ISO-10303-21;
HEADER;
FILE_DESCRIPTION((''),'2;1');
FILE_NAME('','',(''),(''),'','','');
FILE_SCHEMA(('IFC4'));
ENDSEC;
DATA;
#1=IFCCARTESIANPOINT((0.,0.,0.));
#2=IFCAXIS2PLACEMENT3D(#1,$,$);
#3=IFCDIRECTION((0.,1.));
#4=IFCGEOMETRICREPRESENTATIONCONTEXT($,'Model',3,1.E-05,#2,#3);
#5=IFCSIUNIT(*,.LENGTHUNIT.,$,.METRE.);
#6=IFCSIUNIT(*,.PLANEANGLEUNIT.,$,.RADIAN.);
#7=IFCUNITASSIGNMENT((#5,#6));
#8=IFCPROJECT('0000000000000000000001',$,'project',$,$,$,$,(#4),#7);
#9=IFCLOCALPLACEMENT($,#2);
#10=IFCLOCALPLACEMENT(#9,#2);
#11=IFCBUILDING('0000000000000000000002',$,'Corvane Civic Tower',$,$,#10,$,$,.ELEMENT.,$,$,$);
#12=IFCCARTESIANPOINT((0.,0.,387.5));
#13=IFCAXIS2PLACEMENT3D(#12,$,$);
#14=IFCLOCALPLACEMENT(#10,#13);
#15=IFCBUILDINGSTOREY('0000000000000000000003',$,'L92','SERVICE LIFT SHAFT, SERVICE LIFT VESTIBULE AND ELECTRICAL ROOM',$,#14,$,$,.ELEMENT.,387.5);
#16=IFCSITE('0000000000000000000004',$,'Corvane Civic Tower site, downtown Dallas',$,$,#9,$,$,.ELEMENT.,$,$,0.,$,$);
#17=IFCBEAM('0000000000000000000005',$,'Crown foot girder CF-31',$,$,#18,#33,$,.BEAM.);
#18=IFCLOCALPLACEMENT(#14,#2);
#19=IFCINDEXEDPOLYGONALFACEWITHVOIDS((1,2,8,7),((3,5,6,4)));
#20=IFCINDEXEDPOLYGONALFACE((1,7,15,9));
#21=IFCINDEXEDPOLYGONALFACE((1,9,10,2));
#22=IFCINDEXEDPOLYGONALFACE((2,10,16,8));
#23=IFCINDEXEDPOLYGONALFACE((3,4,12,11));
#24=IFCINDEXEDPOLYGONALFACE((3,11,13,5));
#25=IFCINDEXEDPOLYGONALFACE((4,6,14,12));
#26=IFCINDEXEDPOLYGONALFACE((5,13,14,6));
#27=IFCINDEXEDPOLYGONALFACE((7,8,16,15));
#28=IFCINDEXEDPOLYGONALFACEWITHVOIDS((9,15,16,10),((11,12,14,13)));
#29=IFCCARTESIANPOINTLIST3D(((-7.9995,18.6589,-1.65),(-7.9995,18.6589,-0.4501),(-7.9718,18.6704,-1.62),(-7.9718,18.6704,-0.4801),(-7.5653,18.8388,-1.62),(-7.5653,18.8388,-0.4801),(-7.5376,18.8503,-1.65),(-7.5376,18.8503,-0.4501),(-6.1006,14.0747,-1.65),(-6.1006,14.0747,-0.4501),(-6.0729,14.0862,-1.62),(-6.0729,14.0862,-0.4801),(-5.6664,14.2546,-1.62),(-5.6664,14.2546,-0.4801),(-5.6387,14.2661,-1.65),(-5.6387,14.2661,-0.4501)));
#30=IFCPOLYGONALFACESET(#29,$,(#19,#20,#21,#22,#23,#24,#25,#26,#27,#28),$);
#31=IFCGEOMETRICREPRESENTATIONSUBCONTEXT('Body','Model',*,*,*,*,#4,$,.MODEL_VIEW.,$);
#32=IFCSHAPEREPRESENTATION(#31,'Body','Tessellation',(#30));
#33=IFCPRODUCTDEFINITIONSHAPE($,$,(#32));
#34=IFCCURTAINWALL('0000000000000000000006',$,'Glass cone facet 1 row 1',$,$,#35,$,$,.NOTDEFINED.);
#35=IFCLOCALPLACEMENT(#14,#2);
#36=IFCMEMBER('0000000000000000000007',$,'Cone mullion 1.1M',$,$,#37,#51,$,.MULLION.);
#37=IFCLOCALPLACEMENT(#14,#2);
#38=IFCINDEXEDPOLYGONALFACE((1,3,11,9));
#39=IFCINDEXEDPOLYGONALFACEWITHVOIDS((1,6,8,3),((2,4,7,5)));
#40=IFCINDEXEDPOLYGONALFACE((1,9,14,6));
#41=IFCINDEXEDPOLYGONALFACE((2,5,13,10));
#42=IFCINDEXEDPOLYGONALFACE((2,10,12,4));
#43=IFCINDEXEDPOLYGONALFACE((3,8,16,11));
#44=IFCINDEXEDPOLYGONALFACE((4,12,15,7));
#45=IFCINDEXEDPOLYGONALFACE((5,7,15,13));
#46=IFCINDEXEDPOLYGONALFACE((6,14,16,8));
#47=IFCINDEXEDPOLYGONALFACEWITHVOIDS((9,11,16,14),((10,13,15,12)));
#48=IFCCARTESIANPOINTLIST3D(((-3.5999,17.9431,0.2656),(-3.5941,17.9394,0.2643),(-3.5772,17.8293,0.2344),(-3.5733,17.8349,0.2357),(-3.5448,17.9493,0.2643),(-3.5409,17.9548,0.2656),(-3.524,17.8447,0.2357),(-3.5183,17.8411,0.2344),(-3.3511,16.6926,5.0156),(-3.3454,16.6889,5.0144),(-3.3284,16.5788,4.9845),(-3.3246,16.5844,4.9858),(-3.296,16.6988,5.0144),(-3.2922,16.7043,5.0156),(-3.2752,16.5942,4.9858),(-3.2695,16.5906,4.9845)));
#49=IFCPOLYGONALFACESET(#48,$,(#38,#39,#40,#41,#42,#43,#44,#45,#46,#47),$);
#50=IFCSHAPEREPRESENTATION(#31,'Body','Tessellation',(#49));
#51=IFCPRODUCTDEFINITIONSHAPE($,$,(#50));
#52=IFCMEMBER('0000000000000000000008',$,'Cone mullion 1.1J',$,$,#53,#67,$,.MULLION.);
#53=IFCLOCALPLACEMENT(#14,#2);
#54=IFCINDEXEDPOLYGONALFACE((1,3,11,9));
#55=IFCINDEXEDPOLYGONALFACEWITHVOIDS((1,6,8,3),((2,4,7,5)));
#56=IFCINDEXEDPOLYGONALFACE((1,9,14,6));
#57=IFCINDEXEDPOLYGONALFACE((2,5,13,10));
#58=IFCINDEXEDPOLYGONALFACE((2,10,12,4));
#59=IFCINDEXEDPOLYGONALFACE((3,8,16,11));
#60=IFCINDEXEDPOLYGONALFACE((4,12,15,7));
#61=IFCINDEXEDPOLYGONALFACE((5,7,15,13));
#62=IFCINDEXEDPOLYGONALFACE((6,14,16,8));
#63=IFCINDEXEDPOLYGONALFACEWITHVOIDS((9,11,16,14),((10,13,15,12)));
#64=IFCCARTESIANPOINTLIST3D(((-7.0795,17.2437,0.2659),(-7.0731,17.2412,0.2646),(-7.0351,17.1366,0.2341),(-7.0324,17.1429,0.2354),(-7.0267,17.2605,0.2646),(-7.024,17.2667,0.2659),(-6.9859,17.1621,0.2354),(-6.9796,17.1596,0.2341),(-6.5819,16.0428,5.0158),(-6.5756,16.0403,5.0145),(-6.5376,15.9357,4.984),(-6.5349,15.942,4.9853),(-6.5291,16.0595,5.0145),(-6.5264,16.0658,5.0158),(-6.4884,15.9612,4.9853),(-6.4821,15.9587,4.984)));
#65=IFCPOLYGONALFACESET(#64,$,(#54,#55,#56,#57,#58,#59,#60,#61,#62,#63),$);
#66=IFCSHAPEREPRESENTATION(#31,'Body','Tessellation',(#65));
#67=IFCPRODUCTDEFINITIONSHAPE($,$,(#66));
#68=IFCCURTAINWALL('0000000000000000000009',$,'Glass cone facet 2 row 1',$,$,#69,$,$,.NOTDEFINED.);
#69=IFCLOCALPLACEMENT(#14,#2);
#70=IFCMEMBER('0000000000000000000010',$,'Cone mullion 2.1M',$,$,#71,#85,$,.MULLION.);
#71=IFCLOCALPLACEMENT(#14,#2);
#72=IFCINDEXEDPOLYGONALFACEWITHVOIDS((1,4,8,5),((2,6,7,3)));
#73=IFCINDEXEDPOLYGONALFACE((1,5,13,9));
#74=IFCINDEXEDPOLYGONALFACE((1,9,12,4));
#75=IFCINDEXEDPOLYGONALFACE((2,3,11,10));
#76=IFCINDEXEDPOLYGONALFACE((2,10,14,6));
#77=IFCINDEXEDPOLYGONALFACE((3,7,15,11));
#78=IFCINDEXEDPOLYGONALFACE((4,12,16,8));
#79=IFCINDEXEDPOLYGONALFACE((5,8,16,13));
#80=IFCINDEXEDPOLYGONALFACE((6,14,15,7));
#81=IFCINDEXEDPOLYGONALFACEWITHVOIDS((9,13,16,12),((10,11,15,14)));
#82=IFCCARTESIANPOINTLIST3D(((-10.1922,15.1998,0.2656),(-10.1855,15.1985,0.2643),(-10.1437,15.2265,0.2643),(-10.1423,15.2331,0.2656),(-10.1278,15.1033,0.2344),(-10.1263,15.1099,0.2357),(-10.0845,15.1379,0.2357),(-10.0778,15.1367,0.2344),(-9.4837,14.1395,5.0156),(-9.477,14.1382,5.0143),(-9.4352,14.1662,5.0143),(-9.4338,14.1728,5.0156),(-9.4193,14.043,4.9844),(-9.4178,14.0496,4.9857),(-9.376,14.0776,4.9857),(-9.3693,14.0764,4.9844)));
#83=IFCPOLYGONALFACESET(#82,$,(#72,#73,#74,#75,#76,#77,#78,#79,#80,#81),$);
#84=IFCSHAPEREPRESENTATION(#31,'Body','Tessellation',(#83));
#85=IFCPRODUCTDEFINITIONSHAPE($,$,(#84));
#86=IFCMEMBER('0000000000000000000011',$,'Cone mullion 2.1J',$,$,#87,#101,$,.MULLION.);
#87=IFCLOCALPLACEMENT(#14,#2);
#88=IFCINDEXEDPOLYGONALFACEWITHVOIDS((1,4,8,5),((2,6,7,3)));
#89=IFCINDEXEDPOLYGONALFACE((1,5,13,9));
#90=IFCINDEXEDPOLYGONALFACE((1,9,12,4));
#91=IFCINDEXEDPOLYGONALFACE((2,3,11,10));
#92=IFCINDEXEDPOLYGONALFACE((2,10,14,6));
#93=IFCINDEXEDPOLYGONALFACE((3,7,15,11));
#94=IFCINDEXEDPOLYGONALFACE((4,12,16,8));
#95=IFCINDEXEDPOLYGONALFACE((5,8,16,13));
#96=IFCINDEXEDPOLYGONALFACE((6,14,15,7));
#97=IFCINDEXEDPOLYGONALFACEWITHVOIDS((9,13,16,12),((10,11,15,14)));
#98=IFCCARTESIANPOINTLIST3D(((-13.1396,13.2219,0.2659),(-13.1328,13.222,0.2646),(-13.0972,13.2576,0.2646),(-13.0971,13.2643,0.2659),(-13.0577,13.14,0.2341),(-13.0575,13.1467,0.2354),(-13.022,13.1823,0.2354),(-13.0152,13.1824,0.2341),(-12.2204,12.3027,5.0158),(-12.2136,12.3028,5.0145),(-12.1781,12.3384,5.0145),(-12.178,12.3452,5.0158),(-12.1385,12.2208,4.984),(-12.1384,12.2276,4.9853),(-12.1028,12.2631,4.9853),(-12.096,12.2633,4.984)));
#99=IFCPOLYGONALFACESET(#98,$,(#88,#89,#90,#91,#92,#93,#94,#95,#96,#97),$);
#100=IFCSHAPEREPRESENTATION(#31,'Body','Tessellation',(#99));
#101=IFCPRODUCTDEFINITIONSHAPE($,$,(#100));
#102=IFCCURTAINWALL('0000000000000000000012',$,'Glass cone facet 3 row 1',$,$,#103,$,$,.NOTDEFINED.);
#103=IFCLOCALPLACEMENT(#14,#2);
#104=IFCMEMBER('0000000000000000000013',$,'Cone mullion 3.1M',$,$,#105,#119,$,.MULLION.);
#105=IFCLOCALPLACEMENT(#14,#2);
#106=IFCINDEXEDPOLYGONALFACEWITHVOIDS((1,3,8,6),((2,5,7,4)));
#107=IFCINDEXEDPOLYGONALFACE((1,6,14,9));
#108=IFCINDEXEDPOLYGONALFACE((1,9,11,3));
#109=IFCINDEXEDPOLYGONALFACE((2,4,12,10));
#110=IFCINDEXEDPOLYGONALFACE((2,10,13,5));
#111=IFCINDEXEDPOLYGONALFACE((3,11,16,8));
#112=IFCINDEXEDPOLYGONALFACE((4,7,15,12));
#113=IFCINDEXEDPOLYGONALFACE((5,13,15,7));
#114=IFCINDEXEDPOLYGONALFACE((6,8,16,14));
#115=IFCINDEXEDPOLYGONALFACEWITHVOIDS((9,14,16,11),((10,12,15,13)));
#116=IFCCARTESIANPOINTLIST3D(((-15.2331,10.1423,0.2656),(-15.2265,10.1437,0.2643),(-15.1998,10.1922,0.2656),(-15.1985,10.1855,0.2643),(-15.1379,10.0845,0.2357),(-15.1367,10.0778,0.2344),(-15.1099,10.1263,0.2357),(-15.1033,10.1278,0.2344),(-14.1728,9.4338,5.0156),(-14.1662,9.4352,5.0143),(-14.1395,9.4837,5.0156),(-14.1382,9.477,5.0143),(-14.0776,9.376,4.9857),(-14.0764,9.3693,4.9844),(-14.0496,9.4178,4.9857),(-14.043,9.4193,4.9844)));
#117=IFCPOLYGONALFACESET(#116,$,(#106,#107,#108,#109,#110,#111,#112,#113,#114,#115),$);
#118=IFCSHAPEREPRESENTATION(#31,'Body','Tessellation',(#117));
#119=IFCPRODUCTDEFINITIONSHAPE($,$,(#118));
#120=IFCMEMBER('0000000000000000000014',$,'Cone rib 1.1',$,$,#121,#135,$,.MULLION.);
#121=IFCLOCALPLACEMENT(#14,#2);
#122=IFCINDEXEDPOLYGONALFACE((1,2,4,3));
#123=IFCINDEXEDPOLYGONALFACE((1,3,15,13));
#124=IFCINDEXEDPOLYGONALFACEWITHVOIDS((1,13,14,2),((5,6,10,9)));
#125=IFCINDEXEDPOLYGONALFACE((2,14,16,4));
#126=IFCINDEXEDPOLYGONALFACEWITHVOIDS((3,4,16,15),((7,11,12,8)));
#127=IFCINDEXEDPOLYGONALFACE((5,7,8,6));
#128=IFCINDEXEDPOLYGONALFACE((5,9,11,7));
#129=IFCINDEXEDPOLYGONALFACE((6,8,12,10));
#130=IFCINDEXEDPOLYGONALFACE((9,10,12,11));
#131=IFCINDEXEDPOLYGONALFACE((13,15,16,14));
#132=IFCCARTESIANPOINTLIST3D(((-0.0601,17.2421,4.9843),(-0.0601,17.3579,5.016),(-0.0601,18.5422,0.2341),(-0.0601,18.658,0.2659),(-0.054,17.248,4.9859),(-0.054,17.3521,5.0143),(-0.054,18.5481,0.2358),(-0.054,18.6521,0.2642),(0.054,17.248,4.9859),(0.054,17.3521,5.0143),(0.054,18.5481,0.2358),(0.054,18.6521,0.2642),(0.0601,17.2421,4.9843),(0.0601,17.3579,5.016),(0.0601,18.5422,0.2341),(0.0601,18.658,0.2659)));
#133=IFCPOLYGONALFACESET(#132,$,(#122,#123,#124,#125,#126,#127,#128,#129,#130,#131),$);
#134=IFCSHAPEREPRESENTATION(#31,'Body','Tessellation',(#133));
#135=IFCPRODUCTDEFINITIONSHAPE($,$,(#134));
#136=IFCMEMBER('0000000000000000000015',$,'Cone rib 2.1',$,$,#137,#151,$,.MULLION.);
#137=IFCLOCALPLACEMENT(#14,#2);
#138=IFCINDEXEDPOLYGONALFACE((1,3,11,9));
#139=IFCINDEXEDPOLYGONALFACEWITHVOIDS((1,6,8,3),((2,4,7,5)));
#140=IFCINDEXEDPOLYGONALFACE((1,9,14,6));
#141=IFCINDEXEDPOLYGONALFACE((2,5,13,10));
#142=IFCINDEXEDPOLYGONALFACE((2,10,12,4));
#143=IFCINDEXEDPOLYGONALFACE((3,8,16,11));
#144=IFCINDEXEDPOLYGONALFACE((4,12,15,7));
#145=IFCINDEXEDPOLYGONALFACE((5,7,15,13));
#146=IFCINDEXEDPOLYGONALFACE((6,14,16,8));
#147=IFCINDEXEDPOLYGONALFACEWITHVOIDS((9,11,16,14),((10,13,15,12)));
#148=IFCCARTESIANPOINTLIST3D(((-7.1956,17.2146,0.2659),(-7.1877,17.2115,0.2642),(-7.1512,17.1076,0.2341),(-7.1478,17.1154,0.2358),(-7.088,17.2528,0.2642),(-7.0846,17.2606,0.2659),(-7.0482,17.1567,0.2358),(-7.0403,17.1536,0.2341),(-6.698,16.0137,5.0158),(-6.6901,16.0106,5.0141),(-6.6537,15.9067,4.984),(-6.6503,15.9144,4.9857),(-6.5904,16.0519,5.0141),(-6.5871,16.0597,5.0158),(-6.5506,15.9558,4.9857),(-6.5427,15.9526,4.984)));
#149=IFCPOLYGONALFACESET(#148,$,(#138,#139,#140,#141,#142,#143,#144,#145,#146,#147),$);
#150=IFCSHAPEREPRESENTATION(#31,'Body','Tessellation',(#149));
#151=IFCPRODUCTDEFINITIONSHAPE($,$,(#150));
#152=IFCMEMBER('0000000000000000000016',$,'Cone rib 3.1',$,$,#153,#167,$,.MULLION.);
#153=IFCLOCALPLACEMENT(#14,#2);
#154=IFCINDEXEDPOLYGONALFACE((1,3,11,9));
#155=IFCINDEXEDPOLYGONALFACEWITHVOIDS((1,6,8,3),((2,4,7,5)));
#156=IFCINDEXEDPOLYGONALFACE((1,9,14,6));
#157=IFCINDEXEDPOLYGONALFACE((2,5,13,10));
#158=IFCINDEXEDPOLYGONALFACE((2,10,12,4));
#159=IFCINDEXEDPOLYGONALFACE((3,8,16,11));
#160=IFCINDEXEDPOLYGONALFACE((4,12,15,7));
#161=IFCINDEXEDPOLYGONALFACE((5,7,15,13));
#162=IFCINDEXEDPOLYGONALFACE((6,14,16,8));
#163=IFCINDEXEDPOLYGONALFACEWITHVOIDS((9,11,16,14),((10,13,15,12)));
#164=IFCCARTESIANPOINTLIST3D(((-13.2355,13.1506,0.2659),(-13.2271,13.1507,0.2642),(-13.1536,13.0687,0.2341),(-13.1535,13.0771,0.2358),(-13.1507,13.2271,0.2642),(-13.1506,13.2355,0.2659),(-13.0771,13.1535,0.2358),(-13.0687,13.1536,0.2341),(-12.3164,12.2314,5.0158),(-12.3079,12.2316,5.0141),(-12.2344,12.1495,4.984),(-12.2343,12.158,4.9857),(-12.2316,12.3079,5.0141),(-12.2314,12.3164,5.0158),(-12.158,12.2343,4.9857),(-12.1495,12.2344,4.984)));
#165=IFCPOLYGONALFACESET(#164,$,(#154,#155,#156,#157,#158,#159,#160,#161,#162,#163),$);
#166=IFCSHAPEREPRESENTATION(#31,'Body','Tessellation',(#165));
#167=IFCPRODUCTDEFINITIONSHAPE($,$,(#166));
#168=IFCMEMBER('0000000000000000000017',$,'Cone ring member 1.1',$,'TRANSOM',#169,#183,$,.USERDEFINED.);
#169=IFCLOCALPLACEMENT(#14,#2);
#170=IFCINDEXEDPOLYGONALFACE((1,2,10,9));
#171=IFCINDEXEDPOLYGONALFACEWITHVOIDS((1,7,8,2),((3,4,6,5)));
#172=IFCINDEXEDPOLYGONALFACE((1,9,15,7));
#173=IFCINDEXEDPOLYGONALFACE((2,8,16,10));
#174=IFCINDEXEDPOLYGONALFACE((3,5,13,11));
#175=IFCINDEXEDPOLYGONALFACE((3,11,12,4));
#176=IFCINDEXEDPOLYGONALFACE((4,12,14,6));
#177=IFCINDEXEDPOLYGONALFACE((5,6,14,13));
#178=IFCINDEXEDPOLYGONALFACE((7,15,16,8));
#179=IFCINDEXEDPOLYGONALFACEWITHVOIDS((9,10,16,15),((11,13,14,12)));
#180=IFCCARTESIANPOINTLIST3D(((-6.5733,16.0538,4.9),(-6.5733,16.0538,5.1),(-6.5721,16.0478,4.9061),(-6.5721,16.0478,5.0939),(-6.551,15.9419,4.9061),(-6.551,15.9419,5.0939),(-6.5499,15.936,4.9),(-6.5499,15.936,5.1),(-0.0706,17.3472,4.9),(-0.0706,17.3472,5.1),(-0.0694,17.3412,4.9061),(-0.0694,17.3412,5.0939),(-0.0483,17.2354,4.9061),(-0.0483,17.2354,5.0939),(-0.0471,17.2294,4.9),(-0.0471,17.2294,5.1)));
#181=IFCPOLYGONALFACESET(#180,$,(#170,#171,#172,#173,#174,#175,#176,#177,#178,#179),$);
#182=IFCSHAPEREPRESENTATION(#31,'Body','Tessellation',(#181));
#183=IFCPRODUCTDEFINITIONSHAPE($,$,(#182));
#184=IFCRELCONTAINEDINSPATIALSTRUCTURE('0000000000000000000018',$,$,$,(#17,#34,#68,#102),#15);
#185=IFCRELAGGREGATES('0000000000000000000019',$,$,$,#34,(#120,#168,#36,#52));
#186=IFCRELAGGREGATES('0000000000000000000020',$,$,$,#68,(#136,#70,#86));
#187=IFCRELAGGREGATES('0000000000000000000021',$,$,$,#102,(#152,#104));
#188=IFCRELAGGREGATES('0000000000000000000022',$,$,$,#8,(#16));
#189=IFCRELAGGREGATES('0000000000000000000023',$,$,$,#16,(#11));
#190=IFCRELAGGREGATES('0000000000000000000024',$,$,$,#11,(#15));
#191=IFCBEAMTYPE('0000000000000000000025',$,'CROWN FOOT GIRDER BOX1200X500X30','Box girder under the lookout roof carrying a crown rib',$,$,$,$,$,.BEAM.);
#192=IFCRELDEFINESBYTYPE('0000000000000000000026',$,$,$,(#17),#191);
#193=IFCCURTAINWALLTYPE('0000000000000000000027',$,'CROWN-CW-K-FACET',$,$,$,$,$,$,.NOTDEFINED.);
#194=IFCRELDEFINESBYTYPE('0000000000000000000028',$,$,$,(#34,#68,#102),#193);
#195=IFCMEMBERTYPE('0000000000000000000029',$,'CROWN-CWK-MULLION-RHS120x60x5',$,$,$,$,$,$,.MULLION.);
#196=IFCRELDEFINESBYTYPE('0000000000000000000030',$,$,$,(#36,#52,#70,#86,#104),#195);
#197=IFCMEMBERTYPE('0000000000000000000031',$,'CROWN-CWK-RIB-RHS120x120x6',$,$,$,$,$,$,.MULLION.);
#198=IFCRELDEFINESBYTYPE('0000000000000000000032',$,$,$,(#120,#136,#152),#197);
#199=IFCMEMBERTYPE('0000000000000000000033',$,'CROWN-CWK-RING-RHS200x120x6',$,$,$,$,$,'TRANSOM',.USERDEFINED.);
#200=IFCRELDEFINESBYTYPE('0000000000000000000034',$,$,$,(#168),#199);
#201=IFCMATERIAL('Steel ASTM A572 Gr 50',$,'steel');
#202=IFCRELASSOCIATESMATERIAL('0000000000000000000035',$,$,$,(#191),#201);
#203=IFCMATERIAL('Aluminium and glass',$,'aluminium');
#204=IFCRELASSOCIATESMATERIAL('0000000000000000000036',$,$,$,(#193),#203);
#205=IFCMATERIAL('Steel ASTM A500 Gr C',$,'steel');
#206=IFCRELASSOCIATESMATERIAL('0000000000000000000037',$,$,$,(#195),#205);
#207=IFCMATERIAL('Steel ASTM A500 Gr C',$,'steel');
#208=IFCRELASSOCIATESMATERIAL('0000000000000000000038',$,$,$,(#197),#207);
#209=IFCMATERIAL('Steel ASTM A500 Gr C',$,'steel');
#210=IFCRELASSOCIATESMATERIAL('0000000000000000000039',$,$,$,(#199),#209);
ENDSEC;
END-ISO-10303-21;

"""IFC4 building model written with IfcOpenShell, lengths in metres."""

from ifc_helpers import new_model, si_unit, direction, frame, origin, origin_2d, place, context, subcontext, project, spatial, hollow_rectangle, extrude, material, material_profile, profile_set, type_object, element, aggregate, save


model = new_model("IFC4")

# Units and contexts
model_context = context("Model", 3, precision=1e-05, world=origin(), true_north=direction((0.0, 1.0)))
body_context = subcontext(model_context, "Body", "Model", "MODEL_VIEW")
ifc_project = project(units=[si_unit("LENGTHUNIT", "METRE"), si_unit("PLANEANGLEUNIT", "RADIAN")], contexts=[model_context])

# Site, building, storey
site_placement = place(None, origin())
site = spatial("IfcSite", under=ifc_project, at=site_placement, Name="Corvane Civic Tower site, downtown Dallas", CompositionType="ELEMENT", RefElevation=0.0)
building_placement = place(site_placement, origin())
building = spatial("IfcBuilding", under=site, at=building_placement, Name="Corvane Civic Tower", CompositionType="ELEMENT")
storey_placement = place(building_placement, frame((0.0, 0.0, 387.5)))
storey = spatial("IfcBuildingStorey", under=building, at=storey_placement, Name="L92", Description="SERVICE LIFT SHAFT, SERVICE LIFT VESTIBULE AND ELECTRICAL ROOM", CompositionType="ELEMENT", Elevation=387.5)

# Beam
ifc_material_1 = material(Name="Steel ASTM A572 Gr 50", Category="steel")
ifc_material_profile_1 = material_profile(ifc_material_1, hollow_rectangle(XDim=0.5, YDim=1.2, WallThickness=0.03, at=origin_2d()), Name="BOX1200X500X30")
ifc_profile_set_1 = profile_set([ifc_material_profile_1], Name="Steel ASTM A572 Gr 50")
beam_type_1 = type_object("IfcBeamType", Name="CROWN FOOT GIRDER BOX1200X500X30", Description="Box girder under the lookout roof carrying a crown rib", PredefinedType="BEAM", material=ifc_profile_set_1)
beam_1_placement = place(storey_placement, frame((-5.8696, 14.1704, -1.05), z_axis=(-0.382697, 0.923874, 0.0), x_axis=(-0.923874, -0.382697, 0.0)))
element("IfcBeam", 1, at=beam_1_placement, inside=storey, type_object=beam_type_1, Name="Crown foot girder CF-31", PredefinedType="BEAM", context=body_context, shape_type="SweptSolid", body=[
    extrude(hollow_rectangle(XDim=0.5, YDim=1.2, WallThickness=0.03, at=origin_2d()), origin(), (0.0, 0.0, 1.0), 4.9619),
])

# Curtain walls, members
ifc_material_2 = material(Name="Aluminium and glass", Category="aluminium")
curtain_wall_type = type_object("IfcCurtainWallType", Name="CROWN-CW-K-FACET", PredefinedType="NOTDEFINED", material=ifc_material_2)
curtain_wall_1_placement = place(storey_placement, origin())
curtain_wall_1 = element("IfcCurtainWall", 2, at=curtain_wall_1_placement, inside=storey, type_object=curtain_wall_type, Name="Glass cone facet 1 row 1", PredefinedType="NOTDEFINED")
ifc_material_3 = material(Name="Steel ASTM A500 Gr C", Category="steel")
ifc_material_profile_2 = material_profile(ifc_material_3, hollow_rectangle(XDim=0.0601, YDim=0.1201, WallThickness=0.0049, at=origin_2d()), Name="RHS 120x60x5")
ifc_profile_set_2 = profile_set([ifc_material_profile_2], Name="Steel ASTM A500 Gr C")
member_type_1 = type_object("IfcMemberType", Name="CROWN-CWK-MULLION-RHS120x60x5", PredefinedType="MULLION", material=ifc_profile_set_2)
member_1_placement = place(storey_placement, frame((-3.5591, 17.8921, 0.25), z_axis=(0.050584, -0.25426, 0.965812), x_axis=(0.980779, 0.195122, 0.0)))
member_1 = element("IfcMember", 3, at=member_1_placement, type_object=member_type_1, Name="Cone mullion 1.1M", PredefinedType="MULLION", context=body_context, shape_type="SweptSolid", body=[
    extrude(hollow_rectangle(XDim=0.0601, YDim=0.1201, WallThickness=0.0049, at=origin_2d()), origin(), (0.0, 0.0, 1.0), 4.9182),
])
member_2_placement = place(storey_placement, frame((-7.0295, 17.2017, 0.25), z_axis=(0.101034, -0.24386, 0.964533), x_axis=(0.923847, 0.382761, 0.0)))
member_2 = element("IfcMember", 4, at=member_2_placement, type_object=member_type_1, Name="Cone mullion 1.1J", PredefinedType="MULLION", context=body_context, shape_type="SweptSolid", body=[
    extrude(hollow_rectangle(XDim=0.0601, YDim=0.1201, WallThickness=0.0049, at=origin_2d()), origin(), (0.0, 0.0, 1.0), 4.9246),
])
curtain_wall_2_placement = place(storey_placement, origin())
curtain_wall_2 = element("IfcCurtainWall", 5, at=curtain_wall_2_placement, inside=storey, type_object=curtain_wall_type, Name="Glass cone facet 2 row 1", PredefinedType="NOTDEFINED")
member_3_placement = place(storey_placement, frame((-10.135, 15.1682, 0.25), z_axis=(0.144056, -0.215587, 0.9658), x_axis=(0.831461, 0.555583, 0.0)))
member_3 = element("IfcMember", 6, at=member_3_placement, type_object=member_type_1, Name="Cone mullion 2.1M", PredefinedType="MULLION", context=body_context, shape_type="SweptSolid", body=[
    extrude(hollow_rectangle(XDim=0.0601, YDim=0.1201, WallThickness=0.0049, at=origin_2d()), origin(), (0.0, 0.0, 1.0), 4.9182),
])
member_4_placement = place(storey_placement, frame((-13.0774, 13.2021, 0.25), z_axis=(0.18665, -0.18665, 0.964533), x_axis=(0.707107, 0.707107, 0.0)))
member_4 = element("IfcMember", 7, at=member_4_placement, type_object=member_type_1, Name="Cone mullion 2.1J", PredefinedType="MULLION", context=body_context, shape_type="SweptSolid", body=[
    extrude(hollow_rectangle(XDim=0.0601, YDim=0.1201, WallThickness=0.0049, at=origin_2d()), origin(), (0.0, 0.0, 1.0), 4.9246),
])

# Curtain wall, member
curtain_wall_3_placement = place(storey_placement, origin())
curtain_wall_3 = element("IfcCurtainWall", 8, at=curtain_wall_3_placement, inside=storey, type_object=curtain_wall_type, Name="Glass cone facet 3 row 1", PredefinedType="NOTDEFINED")
member_5_placement = place(storey_placement, frame((-15.1682, 10.135, 0.25), z_axis=(0.215587, -0.144056, 0.9658), x_axis=(0.555583, 0.831461, 0.0)))
member_5 = element("IfcMember", 9, at=member_5_placement, type_object=member_type_1, Name="Cone mullion 3.1M", PredefinedType="MULLION", context=body_context, shape_type="SweptSolid", body=[
    extrude(hollow_rectangle(XDim=0.0601, YDim=0.1201, WallThickness=0.0049, at=origin_2d()), origin(), (0.0, 0.0, 1.0), 4.9182),
])

# Members
ifc_material_4 = material(Name="Steel ASTM A500 Gr C", Category="steel")
ifc_material_profile_3 = material_profile(ifc_material_4, hollow_rectangle(XDim=0.1201, YDim=0.1201, WallThickness=0.0061, at=origin_2d()), Name="RHS 120x120x6")
ifc_profile_set_3 = profile_set([ifc_material_profile_3], Name="Steel ASTM A500 Gr C")
member_type_2 = type_object("IfcMemberType", Name="CROWN-CWK-RIB-RHS120x120x6", PredefinedType="MULLION", material=ifc_profile_set_3)
member_6_placement = place(storey_placement, frame((0.0, 18.6001, 0.25), z_axis=(0.0, -0.263986, 0.964527), x_axis=(1.0, 0.0, 0.0)))
member_6 = element("IfcMember", 10, at=member_6_placement, type_object=member_type_2, Name="Cone rib 1.1", PredefinedType="MULLION", context=body_context, shape_type="SweptSolid", body=[
    extrude(hollow_rectangle(XDim=0.1201, YDim=0.1201, WallThickness=0.0061, at=origin_2d()), origin(), (0.0, 0.0, 1.0), 4.9248),
])
member_7_placement = place(storey_placement, frame((-7.1179, 17.1841, 0.25), z_axis=(0.101034, -0.24386, 0.964533), x_axis=(0.923847, 0.382761, 0.0)))
member_7 = element("IfcMember", 11, at=member_7_placement, type_object=member_type_2, Name="Cone rib 2.1", PredefinedType="MULLION", context=body_context, shape_type="SweptSolid", body=[
    extrude(hollow_rectangle(XDim=0.1201, YDim=0.1201, WallThickness=0.0061, at=origin_2d()), origin(), (0.0, 0.0, 1.0), 4.9246),
])
member_8_placement = place(storey_placement, frame((-13.1521, 13.1521, 0.25), z_axis=(0.18665, -0.18665, 0.964533), x_axis=(0.707107, 0.707107, 0.0)))
member_8 = element("IfcMember", 12, at=member_8_placement, type_object=member_type_2, Name="Cone rib 3.1", PredefinedType="MULLION", context=body_context, shape_type="SweptSolid", body=[
    extrude(hollow_rectangle(XDim=0.1201, YDim=0.1201, WallThickness=0.0061, at=origin_2d()), origin(), (0.0, 0.0, 1.0), 4.9246),
])
ifc_material_5 = material(Name="Steel ASTM A500 Gr C", Category="steel")
ifc_material_profile_4 = material_profile(ifc_material_5, hollow_rectangle(XDim=0.1201, YDim=0.2, WallThickness=0.0061, at=origin_2d()), Name="RHS 200x120x6")
ifc_profile_set_4 = profile_set([ifc_material_profile_4], Name="Steel ASTM A500 Gr C")
member_type_3 = type_object("IfcMemberType", Name="CROWN-CWK-RING-RHS200x120x6", ElementType="TRANSOM", PredefinedType="USERDEFINED", material=ifc_profile_set_4)
member_9_placement = place(storey_placement, frame((-0.0588, 17.2883, 5.0), z_axis=(-0.980785, -0.195089, 0.0), x_axis=(0.195089, -0.980785, 0.0)))
member_9 = element("IfcMember", 13, at=member_9_placement, type_object=member_type_3, Name="Cone ring member 1.1", ObjectType="TRANSOM", PredefinedType="USERDEFINED", context=body_context, shape_type="SweptSolid", body=[
    extrude(hollow_rectangle(XDim=0.1201, YDim=0.2, WallThickness=0.0061, at=origin_2d()), origin(), (0.0, 0.0, 1.0), 6.6301),
])

aggregate(curtain_wall_1, [member_6, member_9, member_1, member_2])
aggregate(curtain_wall_2, [member_7, member_3, member_4])
aggregate(curtain_wall_3, [member_8, member_5])

save(model, "model.ifc")
